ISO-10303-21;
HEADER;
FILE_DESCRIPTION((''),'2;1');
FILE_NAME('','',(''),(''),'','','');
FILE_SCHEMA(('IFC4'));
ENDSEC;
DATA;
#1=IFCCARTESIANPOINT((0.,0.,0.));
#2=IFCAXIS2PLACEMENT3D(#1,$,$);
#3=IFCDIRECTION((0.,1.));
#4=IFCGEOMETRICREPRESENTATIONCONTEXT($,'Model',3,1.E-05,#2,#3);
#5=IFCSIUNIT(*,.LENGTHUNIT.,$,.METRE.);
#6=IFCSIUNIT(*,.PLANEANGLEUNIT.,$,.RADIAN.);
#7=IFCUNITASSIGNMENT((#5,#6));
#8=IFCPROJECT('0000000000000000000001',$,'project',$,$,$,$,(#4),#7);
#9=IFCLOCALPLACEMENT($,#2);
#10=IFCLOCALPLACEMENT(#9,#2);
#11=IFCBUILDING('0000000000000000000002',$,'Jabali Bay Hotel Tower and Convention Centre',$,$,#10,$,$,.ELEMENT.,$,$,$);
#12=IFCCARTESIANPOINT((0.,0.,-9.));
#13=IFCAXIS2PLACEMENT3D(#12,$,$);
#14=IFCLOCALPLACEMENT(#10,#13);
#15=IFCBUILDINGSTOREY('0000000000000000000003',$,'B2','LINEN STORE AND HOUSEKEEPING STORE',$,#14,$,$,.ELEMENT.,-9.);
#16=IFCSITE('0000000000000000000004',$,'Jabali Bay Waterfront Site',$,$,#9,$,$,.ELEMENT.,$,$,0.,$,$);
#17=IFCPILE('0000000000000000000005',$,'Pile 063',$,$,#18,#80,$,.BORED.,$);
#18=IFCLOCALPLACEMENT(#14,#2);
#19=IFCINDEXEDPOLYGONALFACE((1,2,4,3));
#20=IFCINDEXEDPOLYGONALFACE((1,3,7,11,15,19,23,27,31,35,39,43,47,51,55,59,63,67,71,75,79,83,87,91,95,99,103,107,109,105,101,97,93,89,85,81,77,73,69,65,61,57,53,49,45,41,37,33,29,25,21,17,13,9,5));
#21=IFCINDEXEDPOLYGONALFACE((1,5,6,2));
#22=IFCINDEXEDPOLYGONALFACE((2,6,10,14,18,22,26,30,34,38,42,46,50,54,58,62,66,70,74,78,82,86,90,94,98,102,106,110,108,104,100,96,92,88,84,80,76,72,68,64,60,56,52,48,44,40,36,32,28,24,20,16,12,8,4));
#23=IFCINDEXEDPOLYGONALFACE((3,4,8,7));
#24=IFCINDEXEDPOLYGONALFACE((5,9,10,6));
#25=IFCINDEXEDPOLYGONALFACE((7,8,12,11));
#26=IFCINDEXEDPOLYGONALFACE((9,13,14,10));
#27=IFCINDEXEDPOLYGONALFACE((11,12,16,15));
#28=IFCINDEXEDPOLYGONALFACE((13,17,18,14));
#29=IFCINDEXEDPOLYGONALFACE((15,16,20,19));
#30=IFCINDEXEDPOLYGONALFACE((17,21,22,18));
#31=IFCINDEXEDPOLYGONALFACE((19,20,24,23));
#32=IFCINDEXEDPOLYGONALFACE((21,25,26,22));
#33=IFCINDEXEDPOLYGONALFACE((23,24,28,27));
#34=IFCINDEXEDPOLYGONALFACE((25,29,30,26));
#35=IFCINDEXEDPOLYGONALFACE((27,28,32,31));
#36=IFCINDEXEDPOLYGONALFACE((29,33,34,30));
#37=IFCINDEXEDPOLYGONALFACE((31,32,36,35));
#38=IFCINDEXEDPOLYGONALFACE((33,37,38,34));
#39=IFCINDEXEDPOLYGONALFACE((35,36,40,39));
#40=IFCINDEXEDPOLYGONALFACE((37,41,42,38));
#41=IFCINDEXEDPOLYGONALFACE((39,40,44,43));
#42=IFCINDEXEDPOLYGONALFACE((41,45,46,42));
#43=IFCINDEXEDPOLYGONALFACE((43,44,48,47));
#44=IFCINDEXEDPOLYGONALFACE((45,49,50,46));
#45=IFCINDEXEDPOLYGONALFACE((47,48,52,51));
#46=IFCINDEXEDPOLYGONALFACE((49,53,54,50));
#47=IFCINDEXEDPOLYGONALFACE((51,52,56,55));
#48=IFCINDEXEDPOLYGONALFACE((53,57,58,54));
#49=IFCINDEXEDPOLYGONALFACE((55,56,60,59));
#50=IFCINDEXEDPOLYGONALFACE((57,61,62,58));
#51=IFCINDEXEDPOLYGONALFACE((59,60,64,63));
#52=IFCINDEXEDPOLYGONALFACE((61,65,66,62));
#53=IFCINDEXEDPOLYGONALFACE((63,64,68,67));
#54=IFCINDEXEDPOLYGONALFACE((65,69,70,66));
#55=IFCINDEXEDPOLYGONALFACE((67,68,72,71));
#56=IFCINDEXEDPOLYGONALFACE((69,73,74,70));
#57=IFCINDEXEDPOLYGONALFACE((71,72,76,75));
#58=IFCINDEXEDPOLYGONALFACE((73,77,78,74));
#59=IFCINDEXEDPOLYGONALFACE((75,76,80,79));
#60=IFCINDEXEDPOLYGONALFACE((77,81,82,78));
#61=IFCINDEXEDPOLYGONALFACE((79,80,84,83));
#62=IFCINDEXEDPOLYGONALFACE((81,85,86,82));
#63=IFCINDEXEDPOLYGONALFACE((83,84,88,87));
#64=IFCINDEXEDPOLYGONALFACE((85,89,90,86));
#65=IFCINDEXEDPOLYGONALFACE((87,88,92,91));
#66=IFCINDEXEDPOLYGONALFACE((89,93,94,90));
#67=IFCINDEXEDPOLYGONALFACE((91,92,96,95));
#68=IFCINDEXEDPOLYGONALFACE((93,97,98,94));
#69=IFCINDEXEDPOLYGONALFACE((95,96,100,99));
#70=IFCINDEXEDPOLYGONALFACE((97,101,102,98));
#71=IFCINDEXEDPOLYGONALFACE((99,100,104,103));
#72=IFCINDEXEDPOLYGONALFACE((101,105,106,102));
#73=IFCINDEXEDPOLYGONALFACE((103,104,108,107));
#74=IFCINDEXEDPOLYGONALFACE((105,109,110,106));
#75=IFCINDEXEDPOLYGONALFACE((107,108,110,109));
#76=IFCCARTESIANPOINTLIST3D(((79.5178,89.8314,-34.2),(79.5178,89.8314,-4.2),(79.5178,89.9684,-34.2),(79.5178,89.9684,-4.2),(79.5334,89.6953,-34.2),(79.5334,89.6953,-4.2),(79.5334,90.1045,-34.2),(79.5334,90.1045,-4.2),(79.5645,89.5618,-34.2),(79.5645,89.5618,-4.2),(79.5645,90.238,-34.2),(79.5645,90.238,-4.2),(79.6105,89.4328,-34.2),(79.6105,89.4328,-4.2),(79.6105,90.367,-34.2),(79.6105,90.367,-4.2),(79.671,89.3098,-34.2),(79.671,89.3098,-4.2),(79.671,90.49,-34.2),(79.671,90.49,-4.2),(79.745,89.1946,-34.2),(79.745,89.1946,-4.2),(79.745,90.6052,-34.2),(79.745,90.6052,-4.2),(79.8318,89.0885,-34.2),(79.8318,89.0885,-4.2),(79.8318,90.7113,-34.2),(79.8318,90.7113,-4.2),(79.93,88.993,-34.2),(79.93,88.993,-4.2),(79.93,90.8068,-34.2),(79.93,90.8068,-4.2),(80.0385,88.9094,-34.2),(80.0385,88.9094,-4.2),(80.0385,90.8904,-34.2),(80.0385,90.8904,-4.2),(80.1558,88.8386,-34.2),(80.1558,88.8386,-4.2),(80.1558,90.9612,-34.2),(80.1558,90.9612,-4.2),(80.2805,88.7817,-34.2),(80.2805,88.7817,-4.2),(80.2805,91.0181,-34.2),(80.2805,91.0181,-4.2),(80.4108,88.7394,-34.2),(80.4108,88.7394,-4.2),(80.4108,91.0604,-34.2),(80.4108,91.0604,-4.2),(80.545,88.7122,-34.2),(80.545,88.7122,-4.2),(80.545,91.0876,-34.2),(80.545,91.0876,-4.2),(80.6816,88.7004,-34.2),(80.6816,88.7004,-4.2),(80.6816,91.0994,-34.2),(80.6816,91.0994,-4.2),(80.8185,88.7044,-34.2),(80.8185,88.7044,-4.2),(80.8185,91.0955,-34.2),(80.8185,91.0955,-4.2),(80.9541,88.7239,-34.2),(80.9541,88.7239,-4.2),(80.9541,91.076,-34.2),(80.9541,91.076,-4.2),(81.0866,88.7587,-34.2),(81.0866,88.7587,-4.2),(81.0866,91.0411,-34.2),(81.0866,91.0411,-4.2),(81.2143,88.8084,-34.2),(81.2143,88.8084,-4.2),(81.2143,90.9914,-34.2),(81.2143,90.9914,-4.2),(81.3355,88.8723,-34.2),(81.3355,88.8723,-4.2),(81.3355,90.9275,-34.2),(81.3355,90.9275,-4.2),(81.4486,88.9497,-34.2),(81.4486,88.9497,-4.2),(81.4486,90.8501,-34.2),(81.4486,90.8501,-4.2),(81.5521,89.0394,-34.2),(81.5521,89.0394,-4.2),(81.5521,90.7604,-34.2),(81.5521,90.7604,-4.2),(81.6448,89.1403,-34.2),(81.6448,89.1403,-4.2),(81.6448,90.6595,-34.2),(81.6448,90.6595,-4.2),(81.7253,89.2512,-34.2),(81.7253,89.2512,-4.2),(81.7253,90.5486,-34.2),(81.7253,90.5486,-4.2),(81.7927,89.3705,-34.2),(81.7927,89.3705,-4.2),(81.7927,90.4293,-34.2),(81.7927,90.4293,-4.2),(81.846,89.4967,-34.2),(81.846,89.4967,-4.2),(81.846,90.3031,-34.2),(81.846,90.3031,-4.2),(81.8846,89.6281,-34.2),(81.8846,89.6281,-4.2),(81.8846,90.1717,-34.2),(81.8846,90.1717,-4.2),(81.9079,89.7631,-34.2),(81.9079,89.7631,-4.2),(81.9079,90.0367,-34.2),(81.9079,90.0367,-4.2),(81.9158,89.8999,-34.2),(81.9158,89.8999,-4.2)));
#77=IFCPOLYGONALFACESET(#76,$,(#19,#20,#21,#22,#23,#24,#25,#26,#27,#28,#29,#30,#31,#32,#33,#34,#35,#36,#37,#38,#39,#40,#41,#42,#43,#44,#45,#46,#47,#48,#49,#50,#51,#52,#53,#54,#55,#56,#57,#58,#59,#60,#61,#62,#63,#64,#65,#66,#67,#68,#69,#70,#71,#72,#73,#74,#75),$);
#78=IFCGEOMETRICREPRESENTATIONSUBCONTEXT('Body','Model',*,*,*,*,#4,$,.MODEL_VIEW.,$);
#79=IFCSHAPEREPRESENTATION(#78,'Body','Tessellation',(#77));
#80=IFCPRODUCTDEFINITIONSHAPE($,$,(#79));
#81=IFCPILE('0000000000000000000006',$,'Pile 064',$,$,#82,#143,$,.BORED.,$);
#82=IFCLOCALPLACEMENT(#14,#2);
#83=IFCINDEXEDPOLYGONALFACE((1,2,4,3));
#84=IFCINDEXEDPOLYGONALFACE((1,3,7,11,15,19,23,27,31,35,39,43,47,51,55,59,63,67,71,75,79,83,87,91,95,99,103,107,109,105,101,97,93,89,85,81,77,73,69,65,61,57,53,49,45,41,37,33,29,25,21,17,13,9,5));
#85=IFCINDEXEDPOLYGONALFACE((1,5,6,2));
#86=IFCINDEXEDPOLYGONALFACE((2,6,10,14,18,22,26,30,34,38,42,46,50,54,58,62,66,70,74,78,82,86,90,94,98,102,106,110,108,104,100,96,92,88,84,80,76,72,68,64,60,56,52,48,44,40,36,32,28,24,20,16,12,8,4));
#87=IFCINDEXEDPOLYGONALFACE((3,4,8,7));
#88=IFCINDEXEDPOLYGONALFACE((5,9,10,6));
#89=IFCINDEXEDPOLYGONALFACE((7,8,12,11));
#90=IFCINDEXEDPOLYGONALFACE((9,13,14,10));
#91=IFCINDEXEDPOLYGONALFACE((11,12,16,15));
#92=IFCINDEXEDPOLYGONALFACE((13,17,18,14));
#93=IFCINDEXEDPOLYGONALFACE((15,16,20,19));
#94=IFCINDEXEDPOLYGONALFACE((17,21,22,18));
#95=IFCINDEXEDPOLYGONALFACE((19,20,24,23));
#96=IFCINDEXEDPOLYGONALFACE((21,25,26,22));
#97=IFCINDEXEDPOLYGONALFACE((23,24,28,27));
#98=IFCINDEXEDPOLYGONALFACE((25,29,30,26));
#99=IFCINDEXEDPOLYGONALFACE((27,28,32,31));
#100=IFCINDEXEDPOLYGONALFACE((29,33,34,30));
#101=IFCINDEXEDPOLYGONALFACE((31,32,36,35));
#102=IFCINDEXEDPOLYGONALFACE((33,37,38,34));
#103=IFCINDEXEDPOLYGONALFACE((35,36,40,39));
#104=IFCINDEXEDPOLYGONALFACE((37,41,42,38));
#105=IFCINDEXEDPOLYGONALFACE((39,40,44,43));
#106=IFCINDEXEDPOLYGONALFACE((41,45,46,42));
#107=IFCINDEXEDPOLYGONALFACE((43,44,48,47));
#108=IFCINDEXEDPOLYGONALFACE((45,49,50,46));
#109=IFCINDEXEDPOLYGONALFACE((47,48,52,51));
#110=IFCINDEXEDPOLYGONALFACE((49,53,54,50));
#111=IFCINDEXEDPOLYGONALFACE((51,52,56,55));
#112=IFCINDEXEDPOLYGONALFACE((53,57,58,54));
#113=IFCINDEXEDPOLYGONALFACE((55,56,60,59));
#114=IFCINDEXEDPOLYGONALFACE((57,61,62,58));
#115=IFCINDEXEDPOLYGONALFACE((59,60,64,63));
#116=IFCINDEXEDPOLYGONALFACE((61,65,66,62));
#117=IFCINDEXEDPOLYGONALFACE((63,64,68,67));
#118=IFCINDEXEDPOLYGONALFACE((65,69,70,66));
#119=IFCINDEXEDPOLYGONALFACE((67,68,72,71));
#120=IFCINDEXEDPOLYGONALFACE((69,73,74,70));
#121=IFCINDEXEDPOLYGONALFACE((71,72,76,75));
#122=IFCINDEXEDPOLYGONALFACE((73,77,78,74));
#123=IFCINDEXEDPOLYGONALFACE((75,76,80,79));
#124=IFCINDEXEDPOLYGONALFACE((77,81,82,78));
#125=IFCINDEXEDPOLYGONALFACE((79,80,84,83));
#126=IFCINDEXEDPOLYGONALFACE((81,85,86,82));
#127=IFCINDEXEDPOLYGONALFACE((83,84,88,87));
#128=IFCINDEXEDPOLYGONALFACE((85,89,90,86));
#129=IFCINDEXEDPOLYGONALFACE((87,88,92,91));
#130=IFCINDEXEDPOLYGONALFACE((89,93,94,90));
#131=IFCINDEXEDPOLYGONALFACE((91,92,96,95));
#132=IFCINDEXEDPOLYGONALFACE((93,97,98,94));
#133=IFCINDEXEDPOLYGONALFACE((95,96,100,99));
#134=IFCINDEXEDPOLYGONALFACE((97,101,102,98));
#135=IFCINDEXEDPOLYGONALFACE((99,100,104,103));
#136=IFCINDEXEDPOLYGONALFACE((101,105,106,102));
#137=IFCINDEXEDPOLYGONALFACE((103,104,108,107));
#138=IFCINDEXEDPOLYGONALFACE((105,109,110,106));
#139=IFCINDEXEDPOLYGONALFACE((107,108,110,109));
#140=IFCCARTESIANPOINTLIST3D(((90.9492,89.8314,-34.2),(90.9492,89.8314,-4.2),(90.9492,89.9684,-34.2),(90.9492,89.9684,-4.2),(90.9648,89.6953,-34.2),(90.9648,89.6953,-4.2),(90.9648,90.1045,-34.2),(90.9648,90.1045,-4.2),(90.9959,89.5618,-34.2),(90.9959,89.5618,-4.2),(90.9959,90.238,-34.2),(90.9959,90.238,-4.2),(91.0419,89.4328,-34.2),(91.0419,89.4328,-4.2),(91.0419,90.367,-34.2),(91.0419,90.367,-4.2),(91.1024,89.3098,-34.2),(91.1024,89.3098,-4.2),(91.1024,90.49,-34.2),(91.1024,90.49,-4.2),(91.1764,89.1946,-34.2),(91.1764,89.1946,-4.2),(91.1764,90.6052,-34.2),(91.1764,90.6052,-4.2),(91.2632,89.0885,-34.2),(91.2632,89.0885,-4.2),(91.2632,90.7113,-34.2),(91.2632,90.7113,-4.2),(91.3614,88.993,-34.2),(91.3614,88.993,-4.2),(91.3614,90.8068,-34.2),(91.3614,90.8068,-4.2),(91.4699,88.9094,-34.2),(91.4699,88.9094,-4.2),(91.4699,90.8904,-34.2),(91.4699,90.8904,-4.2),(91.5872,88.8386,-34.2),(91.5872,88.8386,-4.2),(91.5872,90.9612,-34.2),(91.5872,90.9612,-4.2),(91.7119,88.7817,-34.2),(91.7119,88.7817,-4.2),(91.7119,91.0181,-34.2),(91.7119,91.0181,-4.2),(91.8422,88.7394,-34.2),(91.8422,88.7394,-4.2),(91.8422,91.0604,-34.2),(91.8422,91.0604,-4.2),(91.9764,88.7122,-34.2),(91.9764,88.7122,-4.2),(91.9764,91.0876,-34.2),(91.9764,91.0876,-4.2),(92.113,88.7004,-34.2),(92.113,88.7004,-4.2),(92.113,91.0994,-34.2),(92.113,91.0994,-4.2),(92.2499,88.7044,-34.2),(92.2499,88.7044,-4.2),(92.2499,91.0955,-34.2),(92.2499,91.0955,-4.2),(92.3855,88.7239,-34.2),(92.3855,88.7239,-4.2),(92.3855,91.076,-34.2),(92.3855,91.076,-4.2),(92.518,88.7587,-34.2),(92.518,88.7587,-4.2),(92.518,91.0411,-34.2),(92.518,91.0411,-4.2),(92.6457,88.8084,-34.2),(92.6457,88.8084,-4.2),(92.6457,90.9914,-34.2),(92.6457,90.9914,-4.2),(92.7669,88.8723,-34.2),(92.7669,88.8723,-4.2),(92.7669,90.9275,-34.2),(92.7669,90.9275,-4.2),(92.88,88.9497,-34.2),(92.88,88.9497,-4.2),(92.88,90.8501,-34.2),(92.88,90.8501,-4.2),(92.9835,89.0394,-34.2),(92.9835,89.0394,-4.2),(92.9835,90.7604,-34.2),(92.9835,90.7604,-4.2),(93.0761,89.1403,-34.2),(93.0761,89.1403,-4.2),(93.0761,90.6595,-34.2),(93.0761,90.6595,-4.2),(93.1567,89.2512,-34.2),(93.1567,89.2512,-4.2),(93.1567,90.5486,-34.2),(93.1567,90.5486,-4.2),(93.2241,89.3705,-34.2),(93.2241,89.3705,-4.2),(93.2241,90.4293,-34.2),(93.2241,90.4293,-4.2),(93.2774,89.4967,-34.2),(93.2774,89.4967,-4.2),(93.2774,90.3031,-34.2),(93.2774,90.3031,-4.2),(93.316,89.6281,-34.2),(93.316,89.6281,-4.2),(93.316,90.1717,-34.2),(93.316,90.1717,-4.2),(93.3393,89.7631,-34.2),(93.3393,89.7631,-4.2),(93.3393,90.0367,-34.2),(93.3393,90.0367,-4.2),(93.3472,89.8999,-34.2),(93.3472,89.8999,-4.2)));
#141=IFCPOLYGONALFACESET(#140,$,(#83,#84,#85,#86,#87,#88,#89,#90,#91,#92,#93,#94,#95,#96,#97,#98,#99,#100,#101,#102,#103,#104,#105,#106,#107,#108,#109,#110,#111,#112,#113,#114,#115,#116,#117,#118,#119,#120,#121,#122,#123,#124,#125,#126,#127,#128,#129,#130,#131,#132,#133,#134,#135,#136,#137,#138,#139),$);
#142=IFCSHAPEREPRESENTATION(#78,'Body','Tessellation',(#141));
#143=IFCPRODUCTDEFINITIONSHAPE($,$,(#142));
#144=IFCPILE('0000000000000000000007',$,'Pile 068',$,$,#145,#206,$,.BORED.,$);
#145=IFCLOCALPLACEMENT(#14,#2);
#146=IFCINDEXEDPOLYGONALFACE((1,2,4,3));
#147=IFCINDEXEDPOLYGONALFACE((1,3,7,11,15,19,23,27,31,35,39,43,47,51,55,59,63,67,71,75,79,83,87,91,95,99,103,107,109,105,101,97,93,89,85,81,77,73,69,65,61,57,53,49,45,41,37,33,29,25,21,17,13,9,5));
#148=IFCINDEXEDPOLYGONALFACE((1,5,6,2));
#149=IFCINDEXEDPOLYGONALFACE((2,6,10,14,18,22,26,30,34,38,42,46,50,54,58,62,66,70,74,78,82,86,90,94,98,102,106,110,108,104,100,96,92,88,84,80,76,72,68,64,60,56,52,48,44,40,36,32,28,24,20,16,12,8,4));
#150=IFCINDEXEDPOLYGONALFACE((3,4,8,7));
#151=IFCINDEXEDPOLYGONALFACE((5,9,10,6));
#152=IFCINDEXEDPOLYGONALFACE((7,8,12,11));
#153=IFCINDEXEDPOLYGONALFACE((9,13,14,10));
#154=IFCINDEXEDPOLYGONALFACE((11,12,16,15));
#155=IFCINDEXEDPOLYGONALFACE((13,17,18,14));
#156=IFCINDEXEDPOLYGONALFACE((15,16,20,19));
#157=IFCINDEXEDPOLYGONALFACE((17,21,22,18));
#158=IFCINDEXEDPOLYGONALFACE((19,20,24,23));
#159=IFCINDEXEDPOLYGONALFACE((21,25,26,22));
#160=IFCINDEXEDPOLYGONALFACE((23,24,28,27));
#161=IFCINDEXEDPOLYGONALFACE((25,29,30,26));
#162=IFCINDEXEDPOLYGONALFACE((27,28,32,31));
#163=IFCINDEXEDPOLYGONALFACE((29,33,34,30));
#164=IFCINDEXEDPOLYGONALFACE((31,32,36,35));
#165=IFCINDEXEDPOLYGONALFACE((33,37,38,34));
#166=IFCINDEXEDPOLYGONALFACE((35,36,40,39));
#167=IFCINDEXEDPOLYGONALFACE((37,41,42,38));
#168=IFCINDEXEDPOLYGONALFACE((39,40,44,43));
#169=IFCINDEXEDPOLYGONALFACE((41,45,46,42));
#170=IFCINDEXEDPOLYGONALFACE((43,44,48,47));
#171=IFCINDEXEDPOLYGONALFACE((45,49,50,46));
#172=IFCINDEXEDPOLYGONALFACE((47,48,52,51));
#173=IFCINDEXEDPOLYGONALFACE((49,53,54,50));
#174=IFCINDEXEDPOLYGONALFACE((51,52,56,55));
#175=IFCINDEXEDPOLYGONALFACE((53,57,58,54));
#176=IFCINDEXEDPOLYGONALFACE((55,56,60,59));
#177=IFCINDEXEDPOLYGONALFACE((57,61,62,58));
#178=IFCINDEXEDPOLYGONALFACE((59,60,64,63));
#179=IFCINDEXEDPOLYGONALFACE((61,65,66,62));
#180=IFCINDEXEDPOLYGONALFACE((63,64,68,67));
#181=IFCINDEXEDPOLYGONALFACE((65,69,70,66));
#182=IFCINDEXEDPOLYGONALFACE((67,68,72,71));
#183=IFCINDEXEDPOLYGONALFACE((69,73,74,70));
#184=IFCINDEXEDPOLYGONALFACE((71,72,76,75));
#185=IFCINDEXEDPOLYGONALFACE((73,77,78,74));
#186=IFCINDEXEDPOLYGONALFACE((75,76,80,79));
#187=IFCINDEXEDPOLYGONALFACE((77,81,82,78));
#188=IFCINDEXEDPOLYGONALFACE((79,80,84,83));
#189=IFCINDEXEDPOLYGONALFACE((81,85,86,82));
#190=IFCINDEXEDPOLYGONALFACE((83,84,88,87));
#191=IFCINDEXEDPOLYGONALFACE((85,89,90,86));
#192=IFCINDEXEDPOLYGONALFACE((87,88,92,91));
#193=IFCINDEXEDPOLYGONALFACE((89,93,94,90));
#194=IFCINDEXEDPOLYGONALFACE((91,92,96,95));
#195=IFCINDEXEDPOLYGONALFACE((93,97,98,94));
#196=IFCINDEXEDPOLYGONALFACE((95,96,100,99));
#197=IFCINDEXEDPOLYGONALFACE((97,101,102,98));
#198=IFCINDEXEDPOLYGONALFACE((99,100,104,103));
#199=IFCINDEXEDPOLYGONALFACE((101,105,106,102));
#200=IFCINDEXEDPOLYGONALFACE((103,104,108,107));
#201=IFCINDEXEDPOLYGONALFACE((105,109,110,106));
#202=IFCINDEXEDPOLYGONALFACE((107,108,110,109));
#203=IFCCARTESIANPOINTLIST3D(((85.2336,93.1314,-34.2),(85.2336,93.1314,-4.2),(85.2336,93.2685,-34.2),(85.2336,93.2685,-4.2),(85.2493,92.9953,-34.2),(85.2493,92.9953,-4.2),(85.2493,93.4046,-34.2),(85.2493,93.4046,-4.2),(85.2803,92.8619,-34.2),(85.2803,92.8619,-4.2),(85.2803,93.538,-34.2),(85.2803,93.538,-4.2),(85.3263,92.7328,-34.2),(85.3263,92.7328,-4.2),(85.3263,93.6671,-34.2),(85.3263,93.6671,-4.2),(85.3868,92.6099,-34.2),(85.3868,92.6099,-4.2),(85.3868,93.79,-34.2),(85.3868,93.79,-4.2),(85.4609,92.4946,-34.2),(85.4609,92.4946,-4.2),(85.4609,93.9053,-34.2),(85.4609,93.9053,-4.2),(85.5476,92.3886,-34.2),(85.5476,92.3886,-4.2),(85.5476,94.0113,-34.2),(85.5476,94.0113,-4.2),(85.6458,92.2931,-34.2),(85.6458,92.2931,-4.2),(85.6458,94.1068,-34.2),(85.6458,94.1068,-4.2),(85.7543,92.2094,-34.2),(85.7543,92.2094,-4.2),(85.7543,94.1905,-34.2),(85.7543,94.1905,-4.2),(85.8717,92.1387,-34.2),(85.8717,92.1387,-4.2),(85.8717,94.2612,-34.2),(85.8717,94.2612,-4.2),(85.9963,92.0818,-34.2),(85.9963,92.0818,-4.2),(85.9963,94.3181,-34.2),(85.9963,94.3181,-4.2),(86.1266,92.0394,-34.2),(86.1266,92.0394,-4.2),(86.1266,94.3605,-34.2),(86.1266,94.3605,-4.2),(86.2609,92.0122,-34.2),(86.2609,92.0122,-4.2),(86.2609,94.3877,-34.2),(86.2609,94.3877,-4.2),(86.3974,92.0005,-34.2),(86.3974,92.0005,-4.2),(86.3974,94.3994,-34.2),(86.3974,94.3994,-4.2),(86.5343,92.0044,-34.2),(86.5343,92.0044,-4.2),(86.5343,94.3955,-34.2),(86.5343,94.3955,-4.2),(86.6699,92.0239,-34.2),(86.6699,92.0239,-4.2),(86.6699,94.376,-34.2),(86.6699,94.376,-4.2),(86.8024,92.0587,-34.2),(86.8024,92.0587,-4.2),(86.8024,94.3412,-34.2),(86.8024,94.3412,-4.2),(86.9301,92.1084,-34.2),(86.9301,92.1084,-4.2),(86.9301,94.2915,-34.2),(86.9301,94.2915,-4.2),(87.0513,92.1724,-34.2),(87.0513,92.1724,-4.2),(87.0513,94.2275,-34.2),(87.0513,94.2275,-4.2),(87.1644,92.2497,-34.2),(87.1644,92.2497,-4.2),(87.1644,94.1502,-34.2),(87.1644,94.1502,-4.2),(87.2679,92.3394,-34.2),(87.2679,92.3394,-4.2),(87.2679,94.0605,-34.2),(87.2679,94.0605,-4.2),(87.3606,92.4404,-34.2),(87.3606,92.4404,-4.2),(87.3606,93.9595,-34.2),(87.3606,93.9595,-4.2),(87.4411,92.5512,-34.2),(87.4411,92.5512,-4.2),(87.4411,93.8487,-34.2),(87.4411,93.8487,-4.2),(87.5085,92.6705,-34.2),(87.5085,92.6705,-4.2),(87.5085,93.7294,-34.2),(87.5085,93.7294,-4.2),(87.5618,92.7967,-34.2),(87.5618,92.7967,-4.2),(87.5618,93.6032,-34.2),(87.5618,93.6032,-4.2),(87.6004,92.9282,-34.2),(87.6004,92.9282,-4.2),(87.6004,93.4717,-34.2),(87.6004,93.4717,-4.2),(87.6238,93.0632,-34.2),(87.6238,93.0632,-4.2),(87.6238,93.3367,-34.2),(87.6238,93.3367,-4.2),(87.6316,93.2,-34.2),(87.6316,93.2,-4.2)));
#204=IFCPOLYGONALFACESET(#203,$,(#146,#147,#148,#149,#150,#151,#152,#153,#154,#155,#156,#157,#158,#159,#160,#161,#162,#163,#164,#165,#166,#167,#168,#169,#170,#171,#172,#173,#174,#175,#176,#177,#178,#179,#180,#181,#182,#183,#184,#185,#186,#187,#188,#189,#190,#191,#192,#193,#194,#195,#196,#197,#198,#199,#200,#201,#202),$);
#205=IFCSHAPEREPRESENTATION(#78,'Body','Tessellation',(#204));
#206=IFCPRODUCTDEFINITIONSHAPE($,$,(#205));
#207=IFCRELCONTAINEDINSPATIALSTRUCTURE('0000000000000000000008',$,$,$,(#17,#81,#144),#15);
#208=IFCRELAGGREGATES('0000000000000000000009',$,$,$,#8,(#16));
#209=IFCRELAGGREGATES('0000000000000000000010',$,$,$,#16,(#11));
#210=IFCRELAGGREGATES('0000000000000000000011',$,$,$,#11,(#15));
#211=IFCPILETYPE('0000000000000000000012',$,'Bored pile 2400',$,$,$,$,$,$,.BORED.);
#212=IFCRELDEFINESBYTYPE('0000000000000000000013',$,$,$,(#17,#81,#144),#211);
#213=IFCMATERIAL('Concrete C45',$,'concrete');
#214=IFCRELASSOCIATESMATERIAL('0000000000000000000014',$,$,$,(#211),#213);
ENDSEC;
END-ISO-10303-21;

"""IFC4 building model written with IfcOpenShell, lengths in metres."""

from ifc_helpers import new_model, si_unit, direction, frame, origin, origin_2d, place, context, subcontext, project, spatial, circle, extrude, material, material_profile, profile_set, type_object, element, save


model = new_model("IFC4")

# Units and contexts
model_context = context("Model", 3, precision=1e-05, world=origin(), true_north=direction((0.0, 1.0)))
body_context = subcontext(model_context, "Body", "Model", "MODEL_VIEW")
ifc_project = project(units=[si_unit("LENGTHUNIT", "METRE"), si_unit("PLANEANGLEUNIT", "RADIAN")], contexts=[model_context])

# Site, building, storey
site_placement = place(None, origin())
site = spatial("IfcSite", under=ifc_project, at=site_placement, Name="Jabali Bay Waterfront Site", CompositionType="ELEMENT", RefElevation=0.0)
building_placement = place(site_placement, origin())
building = spatial("IfcBuilding", under=site, at=building_placement, Name="Jabali Bay Hotel Tower and Convention Centre", CompositionType="ELEMENT")
storey_placement = place(building_placement, frame((0.0, 0.0, -9.0)))
storey = spatial("IfcBuildingStorey", under=building, at=storey_placement, Name="B2", Description="LINEN STORE AND HOUSEKEEPING STORE", CompositionType="ELEMENT", Elevation=-9.0)

# Piles
ifc_material_1 = material(Name="Concrete C45", Category="concrete")
ifc_material_profile_1 = material_profile(ifc_material_1, circle(Radius=1.2, at=origin_2d()), Name="Bored pile 2400")
ifc_profile_set_1 = profile_set([ifc_material_profile_1], Name="Concrete C45")
pile_type = type_object("IfcPileType", Name="Bored pile 2400", PredefinedType="BORED", material=ifc_profile_set_1)
for number, where, z_axis, x_axis, name in (
    (1, (80.7158, 89.8999, -4.2), (0.0, 0.0, -1.0), (1.0, 0.0, 0.0), "Pile 063"),
    (2, (92.1472, 89.8999, -4.2), (0.0, 0.0, -1.0), (1.0, 0.0, 0.0), "Pile 064"),
    (3, (86.4316, 93.2, -4.2), (0.0, 0.0, -1.0), (1.0, 0.0, 0.0), "Pile 068"),
):
    element("IfcPile", number, at=place(storey_placement, frame(where, z_axis=z_axis, x_axis=x_axis)), inside=storey, type_object=pile_type, Name=name, PredefinedType="BORED", context=body_context, shape_type="SweptSolid", body=[
        extrude(circle(Radius=1.2, at=origin_2d()), origin(), (0.0, 0.0, 1.0), 30.0),
    ])

save(model, "model.ifc")
